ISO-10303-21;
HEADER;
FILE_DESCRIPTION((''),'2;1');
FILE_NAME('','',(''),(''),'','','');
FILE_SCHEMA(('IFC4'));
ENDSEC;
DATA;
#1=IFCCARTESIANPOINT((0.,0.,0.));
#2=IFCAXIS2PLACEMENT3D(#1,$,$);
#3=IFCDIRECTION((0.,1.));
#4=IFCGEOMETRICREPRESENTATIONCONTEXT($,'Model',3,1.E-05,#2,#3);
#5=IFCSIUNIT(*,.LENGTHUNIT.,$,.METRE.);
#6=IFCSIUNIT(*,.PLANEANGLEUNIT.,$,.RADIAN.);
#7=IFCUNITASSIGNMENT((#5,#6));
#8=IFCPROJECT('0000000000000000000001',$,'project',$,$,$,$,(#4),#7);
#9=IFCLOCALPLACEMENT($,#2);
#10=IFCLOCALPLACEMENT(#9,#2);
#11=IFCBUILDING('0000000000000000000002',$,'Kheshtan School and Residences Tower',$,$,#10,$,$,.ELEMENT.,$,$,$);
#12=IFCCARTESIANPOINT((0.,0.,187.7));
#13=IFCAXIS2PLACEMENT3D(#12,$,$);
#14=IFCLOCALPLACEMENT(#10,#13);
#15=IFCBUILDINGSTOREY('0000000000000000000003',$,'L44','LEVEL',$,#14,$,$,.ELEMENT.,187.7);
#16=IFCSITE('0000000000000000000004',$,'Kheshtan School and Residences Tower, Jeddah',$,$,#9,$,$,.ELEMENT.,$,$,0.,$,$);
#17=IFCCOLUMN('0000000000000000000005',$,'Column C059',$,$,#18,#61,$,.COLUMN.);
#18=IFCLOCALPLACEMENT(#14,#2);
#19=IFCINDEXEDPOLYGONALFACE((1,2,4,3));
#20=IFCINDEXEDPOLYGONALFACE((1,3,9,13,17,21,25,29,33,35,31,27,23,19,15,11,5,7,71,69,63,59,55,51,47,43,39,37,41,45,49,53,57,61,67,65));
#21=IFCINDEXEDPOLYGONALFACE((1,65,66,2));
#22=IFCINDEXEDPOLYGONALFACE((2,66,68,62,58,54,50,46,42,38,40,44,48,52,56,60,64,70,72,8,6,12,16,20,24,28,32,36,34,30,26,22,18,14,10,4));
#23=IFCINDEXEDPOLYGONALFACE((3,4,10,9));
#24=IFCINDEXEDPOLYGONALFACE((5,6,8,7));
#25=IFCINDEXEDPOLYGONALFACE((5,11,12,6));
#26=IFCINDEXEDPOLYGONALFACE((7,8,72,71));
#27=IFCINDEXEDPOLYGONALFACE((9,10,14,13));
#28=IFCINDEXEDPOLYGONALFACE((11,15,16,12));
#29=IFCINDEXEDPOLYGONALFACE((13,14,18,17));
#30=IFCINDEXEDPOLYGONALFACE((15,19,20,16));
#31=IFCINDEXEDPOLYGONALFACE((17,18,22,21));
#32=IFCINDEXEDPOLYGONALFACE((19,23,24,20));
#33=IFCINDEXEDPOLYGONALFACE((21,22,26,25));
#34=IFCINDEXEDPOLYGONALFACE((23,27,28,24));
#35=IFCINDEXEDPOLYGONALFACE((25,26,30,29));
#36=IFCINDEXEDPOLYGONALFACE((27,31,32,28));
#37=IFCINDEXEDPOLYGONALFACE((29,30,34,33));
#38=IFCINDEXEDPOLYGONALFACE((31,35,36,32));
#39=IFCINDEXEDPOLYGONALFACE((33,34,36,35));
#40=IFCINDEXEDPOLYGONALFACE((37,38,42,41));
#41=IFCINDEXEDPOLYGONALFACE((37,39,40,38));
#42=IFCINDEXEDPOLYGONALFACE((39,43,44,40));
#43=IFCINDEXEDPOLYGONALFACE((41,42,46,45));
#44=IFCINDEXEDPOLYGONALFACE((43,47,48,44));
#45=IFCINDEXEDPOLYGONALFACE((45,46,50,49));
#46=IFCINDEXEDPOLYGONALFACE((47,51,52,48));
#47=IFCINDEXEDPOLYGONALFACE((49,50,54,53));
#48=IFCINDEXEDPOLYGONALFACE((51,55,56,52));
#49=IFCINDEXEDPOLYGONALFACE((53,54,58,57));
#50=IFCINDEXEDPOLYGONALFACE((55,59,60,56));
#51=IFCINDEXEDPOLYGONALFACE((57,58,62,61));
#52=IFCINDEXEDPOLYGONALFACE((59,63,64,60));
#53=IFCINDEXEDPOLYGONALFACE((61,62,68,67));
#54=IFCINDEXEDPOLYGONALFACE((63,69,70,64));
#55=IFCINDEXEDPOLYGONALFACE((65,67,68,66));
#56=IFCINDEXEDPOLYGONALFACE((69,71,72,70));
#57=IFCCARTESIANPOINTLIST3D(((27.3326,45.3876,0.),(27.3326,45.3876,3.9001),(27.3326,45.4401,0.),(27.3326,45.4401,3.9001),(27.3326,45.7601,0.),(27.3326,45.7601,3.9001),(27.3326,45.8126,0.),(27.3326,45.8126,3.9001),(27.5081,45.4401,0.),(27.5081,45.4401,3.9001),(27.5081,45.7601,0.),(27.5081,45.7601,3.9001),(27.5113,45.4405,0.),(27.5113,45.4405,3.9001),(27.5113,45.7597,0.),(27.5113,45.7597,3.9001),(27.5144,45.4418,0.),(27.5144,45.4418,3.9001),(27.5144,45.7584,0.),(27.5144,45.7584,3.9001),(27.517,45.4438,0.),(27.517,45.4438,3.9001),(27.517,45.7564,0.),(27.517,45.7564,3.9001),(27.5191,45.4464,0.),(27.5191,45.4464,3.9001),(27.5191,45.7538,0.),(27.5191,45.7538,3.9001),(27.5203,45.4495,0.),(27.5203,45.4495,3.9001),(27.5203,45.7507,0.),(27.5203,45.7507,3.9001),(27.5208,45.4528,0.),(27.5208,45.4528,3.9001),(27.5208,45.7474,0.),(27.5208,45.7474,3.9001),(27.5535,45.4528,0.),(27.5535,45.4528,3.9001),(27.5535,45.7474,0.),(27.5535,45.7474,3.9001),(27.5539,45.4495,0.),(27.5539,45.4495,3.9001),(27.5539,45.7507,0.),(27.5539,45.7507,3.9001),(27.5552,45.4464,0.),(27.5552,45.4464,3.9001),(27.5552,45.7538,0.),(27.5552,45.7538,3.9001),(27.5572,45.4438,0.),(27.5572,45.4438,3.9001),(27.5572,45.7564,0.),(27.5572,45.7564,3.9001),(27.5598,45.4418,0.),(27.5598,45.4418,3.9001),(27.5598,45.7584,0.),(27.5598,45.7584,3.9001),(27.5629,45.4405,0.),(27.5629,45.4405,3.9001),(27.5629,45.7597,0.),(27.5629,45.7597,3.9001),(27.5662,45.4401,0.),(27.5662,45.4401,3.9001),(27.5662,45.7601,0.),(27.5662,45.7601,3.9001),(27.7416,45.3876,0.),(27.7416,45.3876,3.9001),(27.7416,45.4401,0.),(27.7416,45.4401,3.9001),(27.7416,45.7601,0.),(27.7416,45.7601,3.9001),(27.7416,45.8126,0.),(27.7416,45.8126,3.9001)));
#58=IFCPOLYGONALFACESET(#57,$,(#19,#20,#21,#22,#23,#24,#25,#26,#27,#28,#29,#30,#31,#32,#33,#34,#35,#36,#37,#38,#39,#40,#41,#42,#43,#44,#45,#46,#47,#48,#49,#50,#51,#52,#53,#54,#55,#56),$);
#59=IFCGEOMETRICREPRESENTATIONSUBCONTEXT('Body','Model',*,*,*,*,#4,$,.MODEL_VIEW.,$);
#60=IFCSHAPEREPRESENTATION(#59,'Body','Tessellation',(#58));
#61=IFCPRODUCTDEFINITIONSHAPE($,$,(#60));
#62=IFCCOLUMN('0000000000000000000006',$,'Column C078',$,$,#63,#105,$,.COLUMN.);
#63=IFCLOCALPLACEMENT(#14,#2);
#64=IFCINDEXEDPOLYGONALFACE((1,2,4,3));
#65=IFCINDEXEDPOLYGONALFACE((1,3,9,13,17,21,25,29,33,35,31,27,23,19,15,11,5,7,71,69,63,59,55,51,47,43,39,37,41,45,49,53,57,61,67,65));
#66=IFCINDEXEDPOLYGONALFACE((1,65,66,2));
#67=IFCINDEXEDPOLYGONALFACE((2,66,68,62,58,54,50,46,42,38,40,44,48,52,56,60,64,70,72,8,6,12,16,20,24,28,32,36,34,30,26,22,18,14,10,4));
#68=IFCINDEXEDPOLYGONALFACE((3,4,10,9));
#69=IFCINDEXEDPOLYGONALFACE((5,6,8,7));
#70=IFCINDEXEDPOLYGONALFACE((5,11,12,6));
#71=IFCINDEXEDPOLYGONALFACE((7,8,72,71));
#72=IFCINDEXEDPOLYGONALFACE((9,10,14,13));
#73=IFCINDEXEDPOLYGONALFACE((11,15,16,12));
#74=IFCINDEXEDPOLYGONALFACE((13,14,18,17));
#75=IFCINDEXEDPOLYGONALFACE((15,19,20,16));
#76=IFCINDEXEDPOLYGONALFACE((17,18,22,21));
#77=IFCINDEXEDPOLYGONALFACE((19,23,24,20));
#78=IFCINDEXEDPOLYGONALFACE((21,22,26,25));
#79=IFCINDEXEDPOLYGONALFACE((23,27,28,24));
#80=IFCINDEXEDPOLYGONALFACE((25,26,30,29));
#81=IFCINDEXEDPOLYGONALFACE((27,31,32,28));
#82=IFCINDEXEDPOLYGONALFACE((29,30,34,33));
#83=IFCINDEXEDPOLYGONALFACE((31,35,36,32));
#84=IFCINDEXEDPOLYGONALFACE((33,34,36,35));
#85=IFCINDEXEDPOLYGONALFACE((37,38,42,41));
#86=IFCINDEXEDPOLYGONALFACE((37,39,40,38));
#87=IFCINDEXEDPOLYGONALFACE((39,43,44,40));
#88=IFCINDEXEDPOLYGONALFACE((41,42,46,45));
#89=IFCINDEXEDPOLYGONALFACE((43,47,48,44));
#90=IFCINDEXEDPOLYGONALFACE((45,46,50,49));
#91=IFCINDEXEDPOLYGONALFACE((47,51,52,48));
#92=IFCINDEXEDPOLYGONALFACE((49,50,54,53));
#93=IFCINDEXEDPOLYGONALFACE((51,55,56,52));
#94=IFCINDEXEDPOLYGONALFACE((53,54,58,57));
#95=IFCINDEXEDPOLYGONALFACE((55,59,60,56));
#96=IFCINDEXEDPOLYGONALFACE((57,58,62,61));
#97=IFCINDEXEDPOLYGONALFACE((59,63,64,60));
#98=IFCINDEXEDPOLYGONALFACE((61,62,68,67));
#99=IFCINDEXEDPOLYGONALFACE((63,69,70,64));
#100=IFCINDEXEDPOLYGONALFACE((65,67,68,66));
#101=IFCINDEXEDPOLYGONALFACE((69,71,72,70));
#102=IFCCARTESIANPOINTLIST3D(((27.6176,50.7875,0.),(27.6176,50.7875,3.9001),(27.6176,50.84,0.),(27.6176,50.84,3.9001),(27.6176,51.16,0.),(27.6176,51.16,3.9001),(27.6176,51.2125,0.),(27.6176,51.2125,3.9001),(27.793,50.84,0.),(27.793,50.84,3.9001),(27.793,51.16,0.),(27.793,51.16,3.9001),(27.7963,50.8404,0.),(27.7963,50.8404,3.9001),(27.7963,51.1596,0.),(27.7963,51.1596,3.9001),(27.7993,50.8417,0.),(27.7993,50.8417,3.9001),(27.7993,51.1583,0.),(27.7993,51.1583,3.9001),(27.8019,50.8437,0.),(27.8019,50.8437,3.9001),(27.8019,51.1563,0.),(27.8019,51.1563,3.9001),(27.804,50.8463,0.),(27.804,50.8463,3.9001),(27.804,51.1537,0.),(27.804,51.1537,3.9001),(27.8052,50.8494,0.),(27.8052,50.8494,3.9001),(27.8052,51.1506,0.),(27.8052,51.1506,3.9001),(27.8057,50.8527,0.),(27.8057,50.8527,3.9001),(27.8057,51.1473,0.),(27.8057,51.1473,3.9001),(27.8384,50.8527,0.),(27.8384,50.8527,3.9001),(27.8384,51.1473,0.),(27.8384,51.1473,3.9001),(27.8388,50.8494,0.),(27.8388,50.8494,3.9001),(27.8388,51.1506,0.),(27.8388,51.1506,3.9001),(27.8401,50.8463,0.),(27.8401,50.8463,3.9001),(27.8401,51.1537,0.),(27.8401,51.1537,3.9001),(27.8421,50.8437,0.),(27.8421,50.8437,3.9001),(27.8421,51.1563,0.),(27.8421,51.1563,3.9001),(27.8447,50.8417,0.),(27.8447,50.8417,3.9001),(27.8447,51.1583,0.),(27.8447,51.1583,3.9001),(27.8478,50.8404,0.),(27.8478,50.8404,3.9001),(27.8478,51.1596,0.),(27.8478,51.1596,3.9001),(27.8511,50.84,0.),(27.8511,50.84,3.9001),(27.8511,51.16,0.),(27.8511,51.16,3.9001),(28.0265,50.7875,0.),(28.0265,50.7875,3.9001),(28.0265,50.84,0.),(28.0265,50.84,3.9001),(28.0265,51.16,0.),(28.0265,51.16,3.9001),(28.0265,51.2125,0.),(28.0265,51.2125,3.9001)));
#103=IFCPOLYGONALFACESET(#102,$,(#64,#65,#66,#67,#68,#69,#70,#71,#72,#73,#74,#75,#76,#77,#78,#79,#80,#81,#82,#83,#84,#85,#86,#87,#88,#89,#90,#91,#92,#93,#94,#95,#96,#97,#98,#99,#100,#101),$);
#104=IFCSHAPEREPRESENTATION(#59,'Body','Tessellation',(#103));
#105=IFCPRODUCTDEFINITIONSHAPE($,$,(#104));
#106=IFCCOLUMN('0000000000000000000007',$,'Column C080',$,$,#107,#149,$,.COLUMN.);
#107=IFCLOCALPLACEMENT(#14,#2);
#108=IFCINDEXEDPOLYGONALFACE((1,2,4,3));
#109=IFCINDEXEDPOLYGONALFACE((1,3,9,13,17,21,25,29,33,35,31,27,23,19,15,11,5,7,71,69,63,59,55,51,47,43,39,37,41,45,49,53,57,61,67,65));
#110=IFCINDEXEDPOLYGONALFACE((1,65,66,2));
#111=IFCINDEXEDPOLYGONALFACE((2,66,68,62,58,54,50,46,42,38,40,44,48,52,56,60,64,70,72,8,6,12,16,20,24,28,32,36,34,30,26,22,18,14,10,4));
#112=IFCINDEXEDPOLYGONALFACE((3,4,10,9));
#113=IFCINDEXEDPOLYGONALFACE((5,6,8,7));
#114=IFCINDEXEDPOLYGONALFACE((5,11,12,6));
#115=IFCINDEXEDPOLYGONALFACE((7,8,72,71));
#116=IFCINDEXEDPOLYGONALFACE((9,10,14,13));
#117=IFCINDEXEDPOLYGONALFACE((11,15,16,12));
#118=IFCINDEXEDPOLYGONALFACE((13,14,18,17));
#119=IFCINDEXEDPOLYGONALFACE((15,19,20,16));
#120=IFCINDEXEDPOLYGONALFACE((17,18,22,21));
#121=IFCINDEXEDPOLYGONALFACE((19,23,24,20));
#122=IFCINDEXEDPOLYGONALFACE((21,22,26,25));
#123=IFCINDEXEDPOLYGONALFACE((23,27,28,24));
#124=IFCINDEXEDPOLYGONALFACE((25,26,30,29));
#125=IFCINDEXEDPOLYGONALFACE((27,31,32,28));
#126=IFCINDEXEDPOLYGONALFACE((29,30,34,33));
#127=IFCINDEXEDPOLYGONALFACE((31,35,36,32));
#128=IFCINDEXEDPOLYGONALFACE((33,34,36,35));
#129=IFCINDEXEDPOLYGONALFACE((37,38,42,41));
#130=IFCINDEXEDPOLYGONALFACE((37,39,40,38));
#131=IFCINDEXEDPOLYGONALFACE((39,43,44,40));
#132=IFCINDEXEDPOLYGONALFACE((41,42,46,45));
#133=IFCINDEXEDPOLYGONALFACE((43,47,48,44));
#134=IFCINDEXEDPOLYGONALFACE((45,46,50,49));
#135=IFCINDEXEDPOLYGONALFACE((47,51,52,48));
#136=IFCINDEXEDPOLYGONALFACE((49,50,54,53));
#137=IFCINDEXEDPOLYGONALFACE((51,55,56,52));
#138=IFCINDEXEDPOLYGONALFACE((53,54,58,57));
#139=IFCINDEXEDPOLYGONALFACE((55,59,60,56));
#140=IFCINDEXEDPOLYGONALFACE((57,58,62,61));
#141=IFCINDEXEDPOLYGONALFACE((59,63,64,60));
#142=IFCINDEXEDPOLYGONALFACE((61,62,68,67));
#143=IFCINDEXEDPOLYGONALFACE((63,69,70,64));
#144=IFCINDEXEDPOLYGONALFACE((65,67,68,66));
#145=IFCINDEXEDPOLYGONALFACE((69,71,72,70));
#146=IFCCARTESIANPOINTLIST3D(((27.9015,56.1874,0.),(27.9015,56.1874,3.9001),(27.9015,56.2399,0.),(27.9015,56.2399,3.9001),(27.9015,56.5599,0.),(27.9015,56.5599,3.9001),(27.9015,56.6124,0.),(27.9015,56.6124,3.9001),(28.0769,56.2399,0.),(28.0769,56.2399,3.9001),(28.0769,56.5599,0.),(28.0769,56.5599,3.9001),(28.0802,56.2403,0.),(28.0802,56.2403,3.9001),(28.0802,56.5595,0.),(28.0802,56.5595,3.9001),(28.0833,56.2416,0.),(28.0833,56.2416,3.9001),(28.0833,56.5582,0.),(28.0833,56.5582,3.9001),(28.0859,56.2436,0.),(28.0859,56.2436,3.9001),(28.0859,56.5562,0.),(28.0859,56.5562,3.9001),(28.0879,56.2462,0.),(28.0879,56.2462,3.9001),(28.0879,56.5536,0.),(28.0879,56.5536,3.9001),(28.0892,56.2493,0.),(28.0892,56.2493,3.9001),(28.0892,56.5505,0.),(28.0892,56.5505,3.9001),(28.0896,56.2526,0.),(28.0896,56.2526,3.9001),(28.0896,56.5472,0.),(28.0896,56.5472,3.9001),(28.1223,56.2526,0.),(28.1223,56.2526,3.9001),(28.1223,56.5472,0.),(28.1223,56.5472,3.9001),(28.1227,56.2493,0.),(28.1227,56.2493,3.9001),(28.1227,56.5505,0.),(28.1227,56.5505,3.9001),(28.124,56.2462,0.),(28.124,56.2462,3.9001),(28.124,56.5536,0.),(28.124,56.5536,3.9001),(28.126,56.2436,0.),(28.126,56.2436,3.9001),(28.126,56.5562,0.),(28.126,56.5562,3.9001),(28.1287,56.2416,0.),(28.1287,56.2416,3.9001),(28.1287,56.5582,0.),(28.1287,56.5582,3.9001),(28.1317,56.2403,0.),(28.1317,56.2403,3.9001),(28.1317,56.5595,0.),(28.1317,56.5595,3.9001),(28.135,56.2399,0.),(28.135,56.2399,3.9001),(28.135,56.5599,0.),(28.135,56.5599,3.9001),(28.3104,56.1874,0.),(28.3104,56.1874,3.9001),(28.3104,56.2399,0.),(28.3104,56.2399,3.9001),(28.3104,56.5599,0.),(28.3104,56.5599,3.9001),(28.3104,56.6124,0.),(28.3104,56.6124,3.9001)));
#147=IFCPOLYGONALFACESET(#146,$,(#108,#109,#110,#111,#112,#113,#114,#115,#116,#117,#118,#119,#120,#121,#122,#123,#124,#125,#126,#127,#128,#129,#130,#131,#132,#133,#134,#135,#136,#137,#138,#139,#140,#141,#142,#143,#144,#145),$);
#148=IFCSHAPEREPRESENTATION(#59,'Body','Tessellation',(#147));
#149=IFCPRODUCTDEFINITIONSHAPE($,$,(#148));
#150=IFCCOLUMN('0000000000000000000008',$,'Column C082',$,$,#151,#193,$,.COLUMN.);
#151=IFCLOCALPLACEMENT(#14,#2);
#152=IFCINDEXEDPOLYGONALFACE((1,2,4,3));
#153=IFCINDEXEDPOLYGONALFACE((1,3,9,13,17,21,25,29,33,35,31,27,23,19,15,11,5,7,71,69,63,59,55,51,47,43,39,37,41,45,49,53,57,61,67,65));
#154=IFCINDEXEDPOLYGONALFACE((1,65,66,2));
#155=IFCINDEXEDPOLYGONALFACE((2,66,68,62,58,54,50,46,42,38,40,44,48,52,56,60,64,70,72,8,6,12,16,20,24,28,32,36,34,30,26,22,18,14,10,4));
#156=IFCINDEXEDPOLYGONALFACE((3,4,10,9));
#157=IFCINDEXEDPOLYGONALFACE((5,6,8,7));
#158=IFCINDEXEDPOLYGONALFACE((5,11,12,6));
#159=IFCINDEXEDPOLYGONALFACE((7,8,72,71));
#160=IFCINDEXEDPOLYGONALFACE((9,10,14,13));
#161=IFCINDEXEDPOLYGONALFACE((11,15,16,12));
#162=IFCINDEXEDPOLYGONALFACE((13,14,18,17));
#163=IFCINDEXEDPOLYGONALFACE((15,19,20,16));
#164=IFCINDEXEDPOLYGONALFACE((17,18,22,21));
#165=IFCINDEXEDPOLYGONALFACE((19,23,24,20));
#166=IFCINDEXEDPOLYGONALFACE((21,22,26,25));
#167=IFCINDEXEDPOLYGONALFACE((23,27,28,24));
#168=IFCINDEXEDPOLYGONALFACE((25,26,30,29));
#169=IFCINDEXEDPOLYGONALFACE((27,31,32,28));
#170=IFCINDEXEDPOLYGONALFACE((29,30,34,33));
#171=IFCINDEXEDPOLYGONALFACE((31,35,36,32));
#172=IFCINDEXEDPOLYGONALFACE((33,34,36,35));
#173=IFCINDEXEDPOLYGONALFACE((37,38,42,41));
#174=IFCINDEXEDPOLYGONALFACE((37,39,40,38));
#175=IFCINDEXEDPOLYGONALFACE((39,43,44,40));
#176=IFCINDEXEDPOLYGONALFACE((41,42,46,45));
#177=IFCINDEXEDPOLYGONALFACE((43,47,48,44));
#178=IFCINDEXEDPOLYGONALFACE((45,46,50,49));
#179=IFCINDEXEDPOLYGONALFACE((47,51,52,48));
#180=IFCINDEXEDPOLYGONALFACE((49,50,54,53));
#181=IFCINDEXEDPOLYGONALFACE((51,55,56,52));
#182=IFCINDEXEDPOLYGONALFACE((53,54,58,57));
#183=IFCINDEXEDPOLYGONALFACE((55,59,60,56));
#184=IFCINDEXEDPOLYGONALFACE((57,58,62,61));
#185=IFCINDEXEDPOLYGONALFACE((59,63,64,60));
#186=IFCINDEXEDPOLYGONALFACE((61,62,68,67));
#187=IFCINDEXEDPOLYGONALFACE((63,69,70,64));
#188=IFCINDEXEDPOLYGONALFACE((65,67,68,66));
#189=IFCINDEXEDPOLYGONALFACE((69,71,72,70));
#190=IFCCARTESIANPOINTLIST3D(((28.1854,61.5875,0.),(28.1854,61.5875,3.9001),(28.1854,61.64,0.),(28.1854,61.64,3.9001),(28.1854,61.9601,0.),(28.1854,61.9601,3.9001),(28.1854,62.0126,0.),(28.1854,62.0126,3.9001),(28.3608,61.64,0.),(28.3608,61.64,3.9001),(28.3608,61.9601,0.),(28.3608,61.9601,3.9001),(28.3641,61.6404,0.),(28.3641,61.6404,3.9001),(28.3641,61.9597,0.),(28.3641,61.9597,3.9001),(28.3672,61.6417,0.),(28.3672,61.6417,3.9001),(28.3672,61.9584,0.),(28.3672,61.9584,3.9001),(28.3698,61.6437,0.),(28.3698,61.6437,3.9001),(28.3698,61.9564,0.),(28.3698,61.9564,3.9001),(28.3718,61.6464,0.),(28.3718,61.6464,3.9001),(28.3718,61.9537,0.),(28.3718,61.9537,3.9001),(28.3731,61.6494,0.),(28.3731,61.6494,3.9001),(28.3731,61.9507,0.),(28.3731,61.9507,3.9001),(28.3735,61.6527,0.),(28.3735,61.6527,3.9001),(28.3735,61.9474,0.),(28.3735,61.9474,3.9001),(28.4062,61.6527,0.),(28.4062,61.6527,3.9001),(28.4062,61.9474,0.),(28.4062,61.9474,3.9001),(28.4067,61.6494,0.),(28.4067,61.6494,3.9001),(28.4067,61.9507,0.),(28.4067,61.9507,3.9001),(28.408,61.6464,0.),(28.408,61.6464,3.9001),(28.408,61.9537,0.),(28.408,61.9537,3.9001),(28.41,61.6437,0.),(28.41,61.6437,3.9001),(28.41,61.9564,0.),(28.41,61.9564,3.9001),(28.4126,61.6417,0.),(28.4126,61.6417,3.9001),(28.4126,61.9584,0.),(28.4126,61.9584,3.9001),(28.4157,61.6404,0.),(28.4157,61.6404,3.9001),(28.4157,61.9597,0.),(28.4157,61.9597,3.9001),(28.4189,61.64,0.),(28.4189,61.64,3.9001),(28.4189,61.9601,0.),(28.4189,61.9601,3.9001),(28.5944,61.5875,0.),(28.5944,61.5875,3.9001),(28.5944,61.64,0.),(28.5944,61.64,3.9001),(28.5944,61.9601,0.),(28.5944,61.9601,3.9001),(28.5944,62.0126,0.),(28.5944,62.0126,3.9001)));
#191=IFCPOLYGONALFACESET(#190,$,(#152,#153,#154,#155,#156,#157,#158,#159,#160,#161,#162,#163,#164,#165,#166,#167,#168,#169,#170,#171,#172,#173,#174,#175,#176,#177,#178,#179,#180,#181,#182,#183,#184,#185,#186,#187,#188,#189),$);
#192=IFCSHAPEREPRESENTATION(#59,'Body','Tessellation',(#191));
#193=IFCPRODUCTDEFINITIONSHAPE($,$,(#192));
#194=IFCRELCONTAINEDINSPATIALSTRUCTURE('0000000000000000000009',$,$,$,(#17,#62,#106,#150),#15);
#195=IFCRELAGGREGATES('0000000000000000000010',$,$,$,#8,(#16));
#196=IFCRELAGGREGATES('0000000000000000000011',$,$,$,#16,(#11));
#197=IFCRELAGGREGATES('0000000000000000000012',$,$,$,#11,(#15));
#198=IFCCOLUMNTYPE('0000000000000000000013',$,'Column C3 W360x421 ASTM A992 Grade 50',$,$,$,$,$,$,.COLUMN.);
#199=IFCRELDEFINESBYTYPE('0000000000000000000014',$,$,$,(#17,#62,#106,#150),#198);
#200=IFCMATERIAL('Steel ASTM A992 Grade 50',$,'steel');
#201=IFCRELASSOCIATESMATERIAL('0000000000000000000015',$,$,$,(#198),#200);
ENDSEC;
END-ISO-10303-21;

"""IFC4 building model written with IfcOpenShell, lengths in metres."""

from ifc_helpers import new_model, si_unit, direction, frame, origin, origin_2d, place, context, subcontext, project, spatial, i_section, extrude, material, material_profile, profile_set, type_object, element, save


model = new_model("IFC4")

# Units and contexts
model_context = context("Model", 3, precision=1e-05, world=origin(), true_north=direction((0.0, 1.0)))
body_context = subcontext(model_context, "Body", "Model", "MODEL_VIEW")
ifc_project = project(units=[si_unit("LENGTHUNIT", "METRE"), si_unit("PLANEANGLEUNIT", "RADIAN")], contexts=[model_context])

# Site, building, storey
site_placement = place(None, origin())
site = spatial("IfcSite", under=ifc_project, at=site_placement, Name="Kheshtan School and Residences Tower, Jeddah", CompositionType="ELEMENT", RefElevation=0.0)
building_placement = place(site_placement, origin())
building = spatial("IfcBuilding", under=site, at=building_placement, Name="Kheshtan School and Residences Tower", CompositionType="ELEMENT")
storey_placement = place(building_placement, frame((0.0, 0.0, 187.7)))
storey = spatial("IfcBuildingStorey", under=building, at=storey_placement, Name="L44", Description="LEVEL", CompositionType="ELEMENT", Elevation=187.7)

# Columns
ifc_material_1 = material(Name="Steel ASTM A992 Grade 50", Category="steel")
ifc_material_profile_1 = material_profile(ifc_material_1, i_section(OverallWidth=0.4089, OverallDepth=0.425, WebThickness=0.0327, FlangeThickness=0.0525, FilletRadius=0.0127, at=origin_2d()), Name="W360x421")
ifc_profile_set_1 = profile_set([ifc_material_profile_1], Name="Steel ASTM A992 Grade 50")
column_type = type_object("IfcColumnType", Name="Column C3 W360x421 ASTM A992 Grade 50", PredefinedType="COLUMN", material=ifc_profile_set_1)
for number, where, z_axis, x_axis, name in (
    (1, (27.5371, 45.6001, 0.0), (0.0, 0.0, 1.0), (1.0, 0.0, 0.0), "Column C059"),
    (2, (27.822, 51.0, 0.0), (0.0, 0.0, 1.0), (1.0, 0.0, 0.0), "Column C078"),
    (3, (28.106, 56.3999, 0.0), (0.0, 0.0, 1.0), (1.0, 0.0, 0.0), "Column C080"),
    (4, (28.3899, 61.8, 0.0), (0.0, 0.0, 1.0), (1.0, 0.0, 0.0), "Column C082"),
):
    element("IfcColumn", number, at=place(storey_placement, frame(where, z_axis=z_axis, x_axis=x_axis)), inside=storey, type_object=column_type, Name=name, PredefinedType="COLUMN", context=body_context, shape_type="SweptSolid", body=[
        extrude(i_section(OverallWidth=0.4089, OverallDepth=0.425, WebThickness=0.0327, FlangeThickness=0.0525, FilletRadius=0.0127, at=origin_2d()), origin(), (0.0, 0.0, 1.0), 3.9001),
    ])

save(model, "model.ifc")
